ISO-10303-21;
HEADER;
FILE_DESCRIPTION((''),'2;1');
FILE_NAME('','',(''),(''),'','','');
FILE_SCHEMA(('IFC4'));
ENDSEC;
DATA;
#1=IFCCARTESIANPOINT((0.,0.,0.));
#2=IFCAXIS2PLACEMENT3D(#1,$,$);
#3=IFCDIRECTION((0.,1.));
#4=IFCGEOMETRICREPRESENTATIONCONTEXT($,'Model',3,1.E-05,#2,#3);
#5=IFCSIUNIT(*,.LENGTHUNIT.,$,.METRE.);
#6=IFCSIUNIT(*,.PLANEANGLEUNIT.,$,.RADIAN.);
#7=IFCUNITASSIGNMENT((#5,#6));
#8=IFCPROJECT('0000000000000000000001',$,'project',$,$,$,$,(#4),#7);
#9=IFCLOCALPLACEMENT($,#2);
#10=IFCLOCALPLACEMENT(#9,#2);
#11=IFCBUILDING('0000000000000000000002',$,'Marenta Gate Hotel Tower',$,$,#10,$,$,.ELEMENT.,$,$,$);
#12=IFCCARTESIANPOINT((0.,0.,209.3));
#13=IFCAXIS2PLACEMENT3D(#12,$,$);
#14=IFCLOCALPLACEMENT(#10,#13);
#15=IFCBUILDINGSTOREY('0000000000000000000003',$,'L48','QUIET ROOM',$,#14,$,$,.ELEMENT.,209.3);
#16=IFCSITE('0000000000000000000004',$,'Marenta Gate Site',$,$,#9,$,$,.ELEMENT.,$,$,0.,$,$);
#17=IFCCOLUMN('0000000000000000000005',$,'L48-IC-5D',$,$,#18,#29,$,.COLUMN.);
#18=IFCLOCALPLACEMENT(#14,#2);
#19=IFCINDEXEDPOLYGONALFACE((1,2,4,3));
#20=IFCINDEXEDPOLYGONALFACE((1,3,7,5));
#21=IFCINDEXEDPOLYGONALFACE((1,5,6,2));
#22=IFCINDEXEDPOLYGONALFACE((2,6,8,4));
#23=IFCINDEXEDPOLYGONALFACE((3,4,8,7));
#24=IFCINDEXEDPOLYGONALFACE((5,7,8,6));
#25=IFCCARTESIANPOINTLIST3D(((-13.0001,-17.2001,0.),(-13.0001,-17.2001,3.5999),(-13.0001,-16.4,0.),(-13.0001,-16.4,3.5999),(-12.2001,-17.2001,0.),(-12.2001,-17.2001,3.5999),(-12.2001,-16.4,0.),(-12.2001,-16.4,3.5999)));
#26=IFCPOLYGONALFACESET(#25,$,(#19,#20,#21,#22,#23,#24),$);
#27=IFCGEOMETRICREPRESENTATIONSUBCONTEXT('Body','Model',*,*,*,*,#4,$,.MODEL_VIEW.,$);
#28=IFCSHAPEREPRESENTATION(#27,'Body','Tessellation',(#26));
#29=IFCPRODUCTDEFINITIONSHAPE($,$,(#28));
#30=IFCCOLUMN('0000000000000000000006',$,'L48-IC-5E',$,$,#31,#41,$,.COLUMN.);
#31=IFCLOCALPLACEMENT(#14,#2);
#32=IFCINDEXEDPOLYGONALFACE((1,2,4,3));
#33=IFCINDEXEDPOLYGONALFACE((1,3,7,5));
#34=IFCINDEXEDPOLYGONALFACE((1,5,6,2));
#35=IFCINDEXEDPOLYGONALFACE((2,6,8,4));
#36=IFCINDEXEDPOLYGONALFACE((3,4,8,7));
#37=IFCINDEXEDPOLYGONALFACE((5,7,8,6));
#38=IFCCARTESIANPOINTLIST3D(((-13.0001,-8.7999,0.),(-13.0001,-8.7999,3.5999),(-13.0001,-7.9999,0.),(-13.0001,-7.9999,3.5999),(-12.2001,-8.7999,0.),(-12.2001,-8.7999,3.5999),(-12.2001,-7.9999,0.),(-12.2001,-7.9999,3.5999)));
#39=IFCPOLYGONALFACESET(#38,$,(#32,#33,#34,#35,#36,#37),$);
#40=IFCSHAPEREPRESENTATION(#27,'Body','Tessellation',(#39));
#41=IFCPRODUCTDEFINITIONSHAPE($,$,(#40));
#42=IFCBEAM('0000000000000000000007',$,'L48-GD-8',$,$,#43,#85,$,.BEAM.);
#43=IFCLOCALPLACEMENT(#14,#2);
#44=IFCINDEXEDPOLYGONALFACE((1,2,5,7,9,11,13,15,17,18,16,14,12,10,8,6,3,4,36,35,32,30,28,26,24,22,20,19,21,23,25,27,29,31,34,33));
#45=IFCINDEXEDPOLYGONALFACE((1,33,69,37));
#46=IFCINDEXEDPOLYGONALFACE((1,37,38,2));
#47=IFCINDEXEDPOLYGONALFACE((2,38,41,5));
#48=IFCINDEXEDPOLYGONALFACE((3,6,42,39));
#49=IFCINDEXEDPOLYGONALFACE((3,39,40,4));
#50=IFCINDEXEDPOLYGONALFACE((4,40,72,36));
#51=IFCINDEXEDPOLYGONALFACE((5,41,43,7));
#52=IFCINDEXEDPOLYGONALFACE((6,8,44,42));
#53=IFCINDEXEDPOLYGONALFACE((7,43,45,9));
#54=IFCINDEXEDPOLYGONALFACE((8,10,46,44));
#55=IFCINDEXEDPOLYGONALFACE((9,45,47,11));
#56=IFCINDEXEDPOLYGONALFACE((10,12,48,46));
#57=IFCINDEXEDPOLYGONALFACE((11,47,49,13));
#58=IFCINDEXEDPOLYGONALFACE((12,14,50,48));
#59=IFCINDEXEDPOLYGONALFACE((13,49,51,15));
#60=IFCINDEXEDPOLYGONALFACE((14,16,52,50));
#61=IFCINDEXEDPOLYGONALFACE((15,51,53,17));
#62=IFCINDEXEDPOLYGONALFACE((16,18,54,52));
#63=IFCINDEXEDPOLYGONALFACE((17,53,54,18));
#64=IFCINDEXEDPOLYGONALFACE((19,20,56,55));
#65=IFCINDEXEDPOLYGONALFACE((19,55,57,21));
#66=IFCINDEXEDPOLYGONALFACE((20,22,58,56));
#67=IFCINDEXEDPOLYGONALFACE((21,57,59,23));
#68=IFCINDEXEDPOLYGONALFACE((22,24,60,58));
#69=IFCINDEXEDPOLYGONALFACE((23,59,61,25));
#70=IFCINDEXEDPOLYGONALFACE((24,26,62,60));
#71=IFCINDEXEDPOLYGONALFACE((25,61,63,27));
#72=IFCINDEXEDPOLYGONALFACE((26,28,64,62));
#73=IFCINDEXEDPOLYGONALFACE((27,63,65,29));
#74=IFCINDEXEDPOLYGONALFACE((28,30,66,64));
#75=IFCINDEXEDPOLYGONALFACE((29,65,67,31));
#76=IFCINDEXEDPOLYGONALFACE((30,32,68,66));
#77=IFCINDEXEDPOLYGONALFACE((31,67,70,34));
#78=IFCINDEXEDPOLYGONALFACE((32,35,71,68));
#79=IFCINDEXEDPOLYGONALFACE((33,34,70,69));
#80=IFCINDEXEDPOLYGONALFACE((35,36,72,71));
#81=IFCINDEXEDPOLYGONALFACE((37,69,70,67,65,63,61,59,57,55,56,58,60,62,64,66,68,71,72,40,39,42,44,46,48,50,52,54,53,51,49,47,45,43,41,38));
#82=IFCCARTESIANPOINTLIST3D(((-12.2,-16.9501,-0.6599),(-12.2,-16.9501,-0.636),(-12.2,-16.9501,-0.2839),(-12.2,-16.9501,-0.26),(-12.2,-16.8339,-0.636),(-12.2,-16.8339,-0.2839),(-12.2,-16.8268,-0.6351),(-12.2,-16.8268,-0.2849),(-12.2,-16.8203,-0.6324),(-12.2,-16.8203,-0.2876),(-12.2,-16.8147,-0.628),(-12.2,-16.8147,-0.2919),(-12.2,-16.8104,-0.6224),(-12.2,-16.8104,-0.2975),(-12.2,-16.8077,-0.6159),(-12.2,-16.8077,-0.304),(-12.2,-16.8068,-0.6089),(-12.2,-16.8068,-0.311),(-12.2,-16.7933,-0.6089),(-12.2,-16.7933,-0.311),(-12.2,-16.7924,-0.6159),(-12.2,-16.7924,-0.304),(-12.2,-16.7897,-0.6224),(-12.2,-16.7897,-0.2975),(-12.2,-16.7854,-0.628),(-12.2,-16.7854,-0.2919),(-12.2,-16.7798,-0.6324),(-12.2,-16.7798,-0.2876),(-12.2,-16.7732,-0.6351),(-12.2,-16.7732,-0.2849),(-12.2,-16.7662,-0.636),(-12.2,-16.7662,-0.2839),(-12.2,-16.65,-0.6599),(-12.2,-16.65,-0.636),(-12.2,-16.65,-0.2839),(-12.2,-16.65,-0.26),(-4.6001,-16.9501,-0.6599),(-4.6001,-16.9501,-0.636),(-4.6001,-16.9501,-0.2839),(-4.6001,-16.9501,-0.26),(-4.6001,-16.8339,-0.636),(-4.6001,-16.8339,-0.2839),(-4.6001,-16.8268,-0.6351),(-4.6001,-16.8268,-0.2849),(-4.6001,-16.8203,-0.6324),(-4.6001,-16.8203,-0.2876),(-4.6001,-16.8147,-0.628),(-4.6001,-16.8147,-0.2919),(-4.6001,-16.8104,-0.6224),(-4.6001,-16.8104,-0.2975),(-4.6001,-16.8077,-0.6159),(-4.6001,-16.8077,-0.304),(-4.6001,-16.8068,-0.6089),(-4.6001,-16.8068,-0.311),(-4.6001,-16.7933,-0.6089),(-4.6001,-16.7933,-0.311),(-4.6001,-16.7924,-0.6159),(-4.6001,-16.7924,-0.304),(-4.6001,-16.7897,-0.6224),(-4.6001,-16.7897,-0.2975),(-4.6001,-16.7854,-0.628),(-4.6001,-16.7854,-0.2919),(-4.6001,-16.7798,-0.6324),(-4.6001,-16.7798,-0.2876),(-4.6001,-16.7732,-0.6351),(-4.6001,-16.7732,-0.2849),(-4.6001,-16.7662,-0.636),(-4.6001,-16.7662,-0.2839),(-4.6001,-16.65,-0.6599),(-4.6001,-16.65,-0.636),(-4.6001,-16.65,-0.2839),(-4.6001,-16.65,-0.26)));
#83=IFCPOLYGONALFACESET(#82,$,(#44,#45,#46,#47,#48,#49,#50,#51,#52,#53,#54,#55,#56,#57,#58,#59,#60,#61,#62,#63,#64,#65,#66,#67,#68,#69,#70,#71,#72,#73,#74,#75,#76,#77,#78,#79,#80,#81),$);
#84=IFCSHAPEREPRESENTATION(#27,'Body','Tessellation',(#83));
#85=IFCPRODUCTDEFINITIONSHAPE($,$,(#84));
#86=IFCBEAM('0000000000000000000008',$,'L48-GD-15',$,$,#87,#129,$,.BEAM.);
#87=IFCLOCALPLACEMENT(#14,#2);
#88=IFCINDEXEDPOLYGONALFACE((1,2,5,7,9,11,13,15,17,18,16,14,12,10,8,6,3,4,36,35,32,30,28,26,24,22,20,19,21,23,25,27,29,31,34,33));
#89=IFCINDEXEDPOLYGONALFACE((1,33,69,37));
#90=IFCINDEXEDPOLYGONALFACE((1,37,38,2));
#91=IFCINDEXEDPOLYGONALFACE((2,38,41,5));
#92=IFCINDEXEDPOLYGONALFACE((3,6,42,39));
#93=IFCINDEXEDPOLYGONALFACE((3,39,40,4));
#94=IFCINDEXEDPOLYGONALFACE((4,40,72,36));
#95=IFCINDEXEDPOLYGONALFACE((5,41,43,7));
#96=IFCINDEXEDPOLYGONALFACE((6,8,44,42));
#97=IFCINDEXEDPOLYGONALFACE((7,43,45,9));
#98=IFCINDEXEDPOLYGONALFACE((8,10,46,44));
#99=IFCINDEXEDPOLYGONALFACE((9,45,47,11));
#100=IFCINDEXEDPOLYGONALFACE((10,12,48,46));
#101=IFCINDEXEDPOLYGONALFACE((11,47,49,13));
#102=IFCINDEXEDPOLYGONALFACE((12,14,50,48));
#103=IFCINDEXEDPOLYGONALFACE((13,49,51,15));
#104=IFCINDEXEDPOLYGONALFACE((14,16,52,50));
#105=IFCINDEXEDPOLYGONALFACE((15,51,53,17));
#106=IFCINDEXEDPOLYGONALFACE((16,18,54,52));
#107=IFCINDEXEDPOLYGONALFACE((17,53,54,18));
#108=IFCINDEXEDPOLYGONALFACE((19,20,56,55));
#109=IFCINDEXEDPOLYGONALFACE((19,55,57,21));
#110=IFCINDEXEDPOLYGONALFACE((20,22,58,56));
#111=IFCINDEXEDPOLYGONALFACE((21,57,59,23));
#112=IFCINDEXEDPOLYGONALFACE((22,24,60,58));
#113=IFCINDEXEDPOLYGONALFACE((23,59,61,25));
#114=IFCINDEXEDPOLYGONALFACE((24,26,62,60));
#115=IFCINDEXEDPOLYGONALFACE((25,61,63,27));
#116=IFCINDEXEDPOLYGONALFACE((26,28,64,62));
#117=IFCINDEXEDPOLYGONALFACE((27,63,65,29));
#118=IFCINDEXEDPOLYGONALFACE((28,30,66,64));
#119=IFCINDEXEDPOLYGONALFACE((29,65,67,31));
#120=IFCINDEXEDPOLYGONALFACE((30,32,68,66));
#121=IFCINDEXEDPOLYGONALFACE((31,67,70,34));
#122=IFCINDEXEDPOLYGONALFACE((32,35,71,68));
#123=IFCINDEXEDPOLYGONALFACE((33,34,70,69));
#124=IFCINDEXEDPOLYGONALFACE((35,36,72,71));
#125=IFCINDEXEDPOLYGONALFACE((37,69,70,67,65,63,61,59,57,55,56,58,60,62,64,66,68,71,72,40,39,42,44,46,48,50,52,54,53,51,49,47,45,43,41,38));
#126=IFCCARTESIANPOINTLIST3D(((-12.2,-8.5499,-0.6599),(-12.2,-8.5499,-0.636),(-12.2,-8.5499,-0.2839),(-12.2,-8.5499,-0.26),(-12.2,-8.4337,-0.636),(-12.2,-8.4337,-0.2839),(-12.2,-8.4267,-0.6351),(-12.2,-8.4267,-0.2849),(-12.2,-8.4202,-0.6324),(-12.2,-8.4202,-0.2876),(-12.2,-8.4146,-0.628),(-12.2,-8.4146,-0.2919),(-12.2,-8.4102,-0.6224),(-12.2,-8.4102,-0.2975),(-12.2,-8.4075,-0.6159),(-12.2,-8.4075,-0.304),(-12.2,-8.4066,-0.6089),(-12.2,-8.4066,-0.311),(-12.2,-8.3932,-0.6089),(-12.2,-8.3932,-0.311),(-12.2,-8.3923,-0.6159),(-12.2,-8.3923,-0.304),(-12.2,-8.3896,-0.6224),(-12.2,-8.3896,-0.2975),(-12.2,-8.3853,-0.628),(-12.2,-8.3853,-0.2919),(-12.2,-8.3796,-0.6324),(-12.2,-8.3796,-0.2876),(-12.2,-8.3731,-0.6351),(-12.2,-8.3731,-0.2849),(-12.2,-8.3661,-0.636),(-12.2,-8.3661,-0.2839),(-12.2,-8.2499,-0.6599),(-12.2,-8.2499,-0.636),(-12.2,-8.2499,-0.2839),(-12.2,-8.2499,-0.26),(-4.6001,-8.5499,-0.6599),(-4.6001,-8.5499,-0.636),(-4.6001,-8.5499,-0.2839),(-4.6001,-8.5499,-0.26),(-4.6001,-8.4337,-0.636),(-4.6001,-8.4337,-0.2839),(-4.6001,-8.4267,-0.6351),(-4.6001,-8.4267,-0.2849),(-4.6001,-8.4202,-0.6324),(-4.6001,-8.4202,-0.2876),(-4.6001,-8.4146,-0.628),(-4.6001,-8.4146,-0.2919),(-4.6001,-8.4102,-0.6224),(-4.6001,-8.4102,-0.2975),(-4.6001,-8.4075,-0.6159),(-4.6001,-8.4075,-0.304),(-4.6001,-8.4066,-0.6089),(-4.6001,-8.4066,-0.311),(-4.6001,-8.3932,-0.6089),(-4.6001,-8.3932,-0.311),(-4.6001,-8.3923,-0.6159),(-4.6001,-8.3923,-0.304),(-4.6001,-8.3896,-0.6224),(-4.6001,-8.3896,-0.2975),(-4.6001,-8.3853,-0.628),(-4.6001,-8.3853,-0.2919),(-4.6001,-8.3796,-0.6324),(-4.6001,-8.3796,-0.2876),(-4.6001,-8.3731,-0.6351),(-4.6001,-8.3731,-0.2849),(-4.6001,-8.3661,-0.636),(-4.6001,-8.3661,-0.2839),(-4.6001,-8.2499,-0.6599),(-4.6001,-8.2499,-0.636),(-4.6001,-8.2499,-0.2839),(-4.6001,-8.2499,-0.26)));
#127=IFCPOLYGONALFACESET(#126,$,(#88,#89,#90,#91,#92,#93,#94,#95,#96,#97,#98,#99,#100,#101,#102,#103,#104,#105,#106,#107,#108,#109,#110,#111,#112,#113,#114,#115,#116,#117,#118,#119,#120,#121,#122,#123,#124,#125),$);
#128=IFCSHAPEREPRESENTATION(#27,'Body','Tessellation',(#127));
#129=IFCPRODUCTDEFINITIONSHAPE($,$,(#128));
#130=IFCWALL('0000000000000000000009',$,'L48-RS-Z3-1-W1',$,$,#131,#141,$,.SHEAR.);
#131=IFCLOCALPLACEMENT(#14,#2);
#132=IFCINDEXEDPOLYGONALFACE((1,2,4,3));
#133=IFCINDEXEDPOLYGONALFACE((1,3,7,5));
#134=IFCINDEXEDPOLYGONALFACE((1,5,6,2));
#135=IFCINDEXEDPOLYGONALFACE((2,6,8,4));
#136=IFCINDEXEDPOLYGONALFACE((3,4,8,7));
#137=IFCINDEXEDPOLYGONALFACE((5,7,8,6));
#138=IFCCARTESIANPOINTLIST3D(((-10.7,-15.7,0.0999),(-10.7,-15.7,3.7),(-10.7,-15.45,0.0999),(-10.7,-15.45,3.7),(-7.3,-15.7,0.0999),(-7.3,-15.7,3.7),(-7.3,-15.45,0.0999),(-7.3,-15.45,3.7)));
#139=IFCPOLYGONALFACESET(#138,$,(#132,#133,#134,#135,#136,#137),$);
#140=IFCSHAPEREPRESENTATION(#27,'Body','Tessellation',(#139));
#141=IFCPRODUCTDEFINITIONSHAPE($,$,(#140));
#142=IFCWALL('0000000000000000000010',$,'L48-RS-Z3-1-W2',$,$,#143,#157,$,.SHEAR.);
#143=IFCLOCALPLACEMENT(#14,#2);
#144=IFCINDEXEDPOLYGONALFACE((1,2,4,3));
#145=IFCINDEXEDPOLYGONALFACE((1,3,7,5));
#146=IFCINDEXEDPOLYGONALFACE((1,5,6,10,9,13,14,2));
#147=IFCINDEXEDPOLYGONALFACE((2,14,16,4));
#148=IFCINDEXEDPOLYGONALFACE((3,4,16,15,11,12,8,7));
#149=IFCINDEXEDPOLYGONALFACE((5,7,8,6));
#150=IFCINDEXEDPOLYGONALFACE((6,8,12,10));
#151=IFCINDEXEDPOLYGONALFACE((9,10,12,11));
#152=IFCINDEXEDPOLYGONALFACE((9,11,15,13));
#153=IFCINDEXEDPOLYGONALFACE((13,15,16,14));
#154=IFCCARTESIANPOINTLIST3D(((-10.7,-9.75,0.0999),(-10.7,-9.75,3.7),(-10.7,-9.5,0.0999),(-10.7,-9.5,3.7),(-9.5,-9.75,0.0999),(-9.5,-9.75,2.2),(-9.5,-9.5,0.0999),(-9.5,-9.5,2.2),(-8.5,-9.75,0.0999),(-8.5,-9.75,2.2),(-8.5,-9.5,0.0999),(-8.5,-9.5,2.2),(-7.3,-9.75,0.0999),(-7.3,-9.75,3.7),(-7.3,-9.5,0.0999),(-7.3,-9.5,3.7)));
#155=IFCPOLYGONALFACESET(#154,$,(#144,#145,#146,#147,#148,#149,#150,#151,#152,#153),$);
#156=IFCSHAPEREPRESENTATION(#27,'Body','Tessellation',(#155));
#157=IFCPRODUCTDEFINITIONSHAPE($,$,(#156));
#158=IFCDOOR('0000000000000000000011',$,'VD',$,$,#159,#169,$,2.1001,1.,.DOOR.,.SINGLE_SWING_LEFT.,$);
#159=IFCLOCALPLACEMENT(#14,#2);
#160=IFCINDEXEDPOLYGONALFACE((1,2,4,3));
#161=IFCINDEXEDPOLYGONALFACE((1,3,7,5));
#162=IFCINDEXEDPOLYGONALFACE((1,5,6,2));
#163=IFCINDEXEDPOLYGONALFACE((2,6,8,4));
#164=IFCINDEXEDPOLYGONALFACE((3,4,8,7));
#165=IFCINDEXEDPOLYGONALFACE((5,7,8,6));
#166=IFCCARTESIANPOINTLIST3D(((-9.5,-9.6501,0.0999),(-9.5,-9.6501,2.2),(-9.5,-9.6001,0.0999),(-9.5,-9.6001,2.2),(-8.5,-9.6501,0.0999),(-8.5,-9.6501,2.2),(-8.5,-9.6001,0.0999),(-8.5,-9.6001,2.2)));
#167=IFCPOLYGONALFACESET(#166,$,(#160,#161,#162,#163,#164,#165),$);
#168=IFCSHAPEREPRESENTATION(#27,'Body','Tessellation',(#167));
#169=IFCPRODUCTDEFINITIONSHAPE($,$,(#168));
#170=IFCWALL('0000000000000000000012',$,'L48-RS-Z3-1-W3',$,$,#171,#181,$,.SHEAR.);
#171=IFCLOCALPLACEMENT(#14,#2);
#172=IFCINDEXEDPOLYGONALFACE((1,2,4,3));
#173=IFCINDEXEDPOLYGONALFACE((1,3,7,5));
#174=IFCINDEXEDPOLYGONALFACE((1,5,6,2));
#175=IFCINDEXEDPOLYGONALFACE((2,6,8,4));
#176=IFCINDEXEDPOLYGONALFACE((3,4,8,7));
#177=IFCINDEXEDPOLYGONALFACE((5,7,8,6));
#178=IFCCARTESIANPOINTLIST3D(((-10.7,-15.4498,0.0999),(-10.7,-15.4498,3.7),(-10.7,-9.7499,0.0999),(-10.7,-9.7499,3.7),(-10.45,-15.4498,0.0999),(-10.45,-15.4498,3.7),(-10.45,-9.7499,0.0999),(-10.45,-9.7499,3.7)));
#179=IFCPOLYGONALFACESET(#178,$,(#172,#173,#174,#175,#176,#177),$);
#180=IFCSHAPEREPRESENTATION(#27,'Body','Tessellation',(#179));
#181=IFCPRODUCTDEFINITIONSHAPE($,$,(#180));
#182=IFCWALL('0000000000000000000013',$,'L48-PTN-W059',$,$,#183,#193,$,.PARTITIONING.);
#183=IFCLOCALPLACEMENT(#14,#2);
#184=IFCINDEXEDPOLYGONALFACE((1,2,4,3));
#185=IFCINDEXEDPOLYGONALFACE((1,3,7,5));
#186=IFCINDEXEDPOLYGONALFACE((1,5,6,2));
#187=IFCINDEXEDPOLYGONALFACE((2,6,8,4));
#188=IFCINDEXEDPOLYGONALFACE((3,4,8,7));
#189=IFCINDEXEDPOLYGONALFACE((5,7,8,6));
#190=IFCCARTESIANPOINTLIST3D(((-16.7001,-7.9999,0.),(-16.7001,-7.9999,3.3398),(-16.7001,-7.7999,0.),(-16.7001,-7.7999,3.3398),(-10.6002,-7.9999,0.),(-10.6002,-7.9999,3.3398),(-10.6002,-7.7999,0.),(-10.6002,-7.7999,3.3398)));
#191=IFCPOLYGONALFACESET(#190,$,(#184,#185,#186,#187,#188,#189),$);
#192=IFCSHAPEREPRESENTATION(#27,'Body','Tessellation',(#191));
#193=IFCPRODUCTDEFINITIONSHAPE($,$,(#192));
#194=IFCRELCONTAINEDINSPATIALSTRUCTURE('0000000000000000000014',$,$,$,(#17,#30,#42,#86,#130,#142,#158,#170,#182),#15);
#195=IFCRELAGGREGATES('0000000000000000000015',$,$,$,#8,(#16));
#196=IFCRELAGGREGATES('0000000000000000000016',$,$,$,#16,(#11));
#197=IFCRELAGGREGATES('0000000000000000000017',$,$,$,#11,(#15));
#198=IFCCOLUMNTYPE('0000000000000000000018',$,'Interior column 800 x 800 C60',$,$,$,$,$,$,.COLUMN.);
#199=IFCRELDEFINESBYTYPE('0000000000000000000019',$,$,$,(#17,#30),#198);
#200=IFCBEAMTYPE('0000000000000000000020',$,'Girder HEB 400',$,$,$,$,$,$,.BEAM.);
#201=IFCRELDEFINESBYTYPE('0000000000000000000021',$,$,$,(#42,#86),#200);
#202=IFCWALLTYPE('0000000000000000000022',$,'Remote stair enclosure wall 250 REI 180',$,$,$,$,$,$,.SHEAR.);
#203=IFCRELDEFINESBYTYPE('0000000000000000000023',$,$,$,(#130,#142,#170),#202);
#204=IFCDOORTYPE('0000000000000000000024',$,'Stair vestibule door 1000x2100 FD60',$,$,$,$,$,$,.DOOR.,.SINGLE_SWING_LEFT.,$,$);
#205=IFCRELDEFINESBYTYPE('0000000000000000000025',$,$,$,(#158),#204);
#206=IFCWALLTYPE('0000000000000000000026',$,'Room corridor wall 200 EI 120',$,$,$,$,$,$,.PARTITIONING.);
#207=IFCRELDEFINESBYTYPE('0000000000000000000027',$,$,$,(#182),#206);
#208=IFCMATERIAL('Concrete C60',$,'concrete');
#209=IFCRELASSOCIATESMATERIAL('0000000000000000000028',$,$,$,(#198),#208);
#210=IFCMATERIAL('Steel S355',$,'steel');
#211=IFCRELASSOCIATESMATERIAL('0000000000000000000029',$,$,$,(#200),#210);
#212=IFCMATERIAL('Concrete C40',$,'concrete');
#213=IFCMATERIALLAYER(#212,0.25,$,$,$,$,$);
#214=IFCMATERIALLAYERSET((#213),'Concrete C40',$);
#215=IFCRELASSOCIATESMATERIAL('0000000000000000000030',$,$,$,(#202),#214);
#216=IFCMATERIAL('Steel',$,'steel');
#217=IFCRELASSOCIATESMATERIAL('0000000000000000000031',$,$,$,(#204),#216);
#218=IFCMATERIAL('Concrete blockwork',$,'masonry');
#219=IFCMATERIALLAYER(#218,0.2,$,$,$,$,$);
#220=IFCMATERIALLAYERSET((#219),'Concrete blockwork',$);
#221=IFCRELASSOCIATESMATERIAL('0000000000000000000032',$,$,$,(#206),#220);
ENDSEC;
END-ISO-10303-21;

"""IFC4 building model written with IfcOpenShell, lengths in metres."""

from ifc_helpers import new_model, si_unit, direction, frame, frame_2d, origin, origin_2d, place, context, subcontext, project, spatial, rectangle, i_section, extrude, material, layer, layer_set, material_profile, profile_set, type_object, element, fill, save


model = new_model("IFC4")

# Units and contexts
model_context = context("Model", 3, precision=1e-05, world=origin(), true_north=direction((0.0, 1.0)))
body_context = subcontext(model_context, "Body", "Model", "MODEL_VIEW")
ifc_project = project(units=[si_unit("LENGTHUNIT", "METRE"), si_unit("PLANEANGLEUNIT", "RADIAN")], contexts=[model_context])

# Site, building, storey
site_placement = place(None, origin())
site = spatial("IfcSite", under=ifc_project, at=site_placement, Name="Marenta Gate Site", CompositionType="ELEMENT", RefElevation=0.0)
building_placement = place(site_placement, origin())
building = spatial("IfcBuilding", under=site, at=building_placement, Name="Marenta Gate Hotel Tower", CompositionType="ELEMENT")
storey_placement = place(building_placement, frame((0.0, 0.0, 209.3)))
storey = spatial("IfcBuildingStorey", under=building, at=storey_placement, Name="L48", Description="QUIET ROOM", CompositionType="ELEMENT", Elevation=209.3)

# Columns
ifc_material_1 = material(Name="Concrete C60", Category="concrete")
ifc_material_profile_1 = material_profile(ifc_material_1, rectangle(XDim=0.8, YDim=0.8, at=origin_2d()), Name="800 x 800")
ifc_profile_set_1 = profile_set([ifc_material_profile_1], Name="Concrete C60")
column_type = type_object("IfcColumnType", Name="Interior column 800 x 800 C60", PredefinedType="COLUMN", material=ifc_profile_set_1)
for number, where, z_axis, x_axis, name in (
    (1, (-12.6001, -16.8, 0.0), (0.0, 0.0, 1.0), (1.0, 0.0, 0.0), "L48-IC-5D"),
    (2, (-12.6001, -8.3999, 0.0), (0.0, 0.0, 1.0), (1.0, 0.0, 0.0), "L48-IC-5E"),
):
    element("IfcColumn", number, at=place(storey_placement, frame(where, z_axis=z_axis, x_axis=x_axis)), inside=storey, type_object=column_type, Name=name, PredefinedType="COLUMN", context=body_context, shape_type="SweptSolid", body=[
        extrude(rectangle(XDim=0.8, YDim=0.8, at=origin_2d()), origin(), (0.0, 0.0, 1.0), 3.5999),
    ])

# Beams
ifc_material_2 = material(Name="Steel S355", Category="steel")
ifc_material_profile_2 = material_profile(ifc_material_2, i_section(OverallWidth=0.3, OverallDepth=0.3999, WebThickness=0.0134, FlangeThickness=0.0239, FilletRadius=0.0271, at=origin_2d()), Name="HEB 400")
ifc_profile_set_2 = profile_set([ifc_material_profile_2], Name="Steel S355")
beam_type = type_object("IfcBeamType", Name="Girder HEB 400", PredefinedType="BEAM", material=ifc_profile_set_2)
for number, where, z_axis, x_axis, name in (
    (3, (-12.2, -16.8, -0.46), (1.0, 0.0, 0.0), (0.0, 1.0, 0.0), "L48-GD-8"),
    (4, (-12.2, -8.3999, -0.46), (1.0, 0.0, 0.0), (0.0, 1.0, 0.0), "L48-GD-15"),
):
    element("IfcBeam", number, at=place(storey_placement, frame(where, z_axis=z_axis, x_axis=x_axis)), inside=storey, type_object=beam_type, Name=name, PredefinedType="BEAM", context=body_context, shape_type="SweptSolid", body=[
        extrude(i_section(OverallWidth=0.3, OverallDepth=0.3999, WebThickness=0.0134, FlangeThickness=0.0239, FilletRadius=0.0271, at=origin_2d()), origin(), (0.0, 0.0, 1.0), 7.5999),
    ])

# Wall
ifc_material_3 = material(Name="Concrete C40", Category="concrete")
ifc_layer_1 = layer(ifc_material_3, 0.25)
ifc_layer_set_1 = layer_set([ifc_layer_1], Name="Concrete C40")
wall_type_1 = type_object("IfcWallType", Name="Remote stair enclosure wall 250 REI 180", PredefinedType="SHEAR", material=ifc_layer_set_1)
wall_1_placement = place(storey_placement, frame((-10.7, -15.575, 0.0999), z_axis=(0.0, 0.0, 1.0), x_axis=(1.0, 0.0, 0.0)))
element("IfcWall", 5, at=wall_1_placement, inside=storey, type_object=wall_type_1, Name="L48-RS-Z3-1-W1", PredefinedType="SHEAR", context=body_context, shape_type="SweptSolid", body=[
    extrude(rectangle(XDim=3.3999, YDim=0.25, at=frame_2d((1.7, 0.0))), origin(), (0.0, 0.0, 1.0), 3.6001),
])

# Wall, opening, door
wall_2_placement = place(storey_placement, frame((-10.7, -9.625, 0.0999), z_axis=(0.0, 0.0, 1.0), x_axis=(1.0, 0.0, 0.0)))
wall_2 = element("IfcWall", 6, at=wall_2_placement, inside=storey, type_object=wall_type_1, Name="L48-RS-Z3-1-W2", PredefinedType="SHEAR", context=body_context, shape_type="SweptSolid", body=[
    extrude(rectangle(XDim=3.3999, YDim=0.25, at=frame_2d((1.7, 0.0))), origin(), (0.0, 0.0, 1.0), 3.6001),
])
opening_1_placement = place(wall_2_placement, frame((1.2, 0.0, 0.0)))
opening_1 = element("IfcOpeningElement", 7, at=opening_1_placement, cuts=wall_2, PredefinedType="OPENING", context=body_context, shape_type="SweptSolid", body=[
    extrude(rectangle(XDim=1.0, YDim=2.1001, at=frame_2d((0.5, 1.05))), frame((0.0, 0.125, 0.0), z_axis=(0.0, -1.0, 0.0), x_axis=(1.0, 0.0, 0.0)), (0.0, 0.0, 1.0), 0.25),
])
ifc_material_4 = material(Name="Steel", Category="steel")
door_type_1 = type_object("IfcDoorType", Name="Stair vestibule door 1000x2100 FD60", OperationType="SINGLE_SWING_LEFT", PredefinedType="DOOR", material=ifc_material_4)
door_1_placement = place(opening_1_placement, origin())
door_1 = element("IfcDoor", 8, at=door_1_placement, inside=storey, type_object=door_type_1, Name="VD", OperationType="SINGLE_SWING_LEFT", OverallHeight=2.1001, OverallWidth=1.0, PredefinedType="DOOR", context=body_context, shape_type="SweptSolid", body=[
    extrude(rectangle(XDim=1.0, YDim=2.1001, at=frame_2d((0.5, 1.05))), frame((0.0, 0.0249, 0.0), z_axis=(0.0, -1.0, 0.0), x_axis=(1.0, 0.0, 0.0)), (0.0, 0.0, 1.0), 0.05),
])
fill(opening_1, door_1)

# Wall
wall_3_placement = place(storey_placement, frame((-10.575, -15.45, 0.0999), z_axis=(0.0, 0.0, 1.0), x_axis=(0.0, 1.0, 0.0)))
element("IfcWall", 9, at=wall_3_placement, inside=storey, type_object=wall_type_1, Name="L48-RS-Z3-1-W3", PredefinedType="SHEAR", context=body_context, shape_type="SweptSolid", body=[
    extrude(rectangle(XDim=5.7, YDim=0.25, at=frame_2d((2.8501, 0.0))), origin(), (0.0, 0.0, 1.0), 3.6001),
])

# Shared definitions
ifc_material_5 = material(Name="Concrete blockwork", Category="masonry")
ifc_layer_2 = layer(ifc_material_5, 0.2)
ifc_layer_set_2 = layer_set([ifc_layer_2], Name="Concrete blockwork")
wall_type_2 = type_object("IfcWallType", Name="Room corridor wall 200 EI 120", PredefinedType="PARTITIONING", material=ifc_layer_set_2)

# Wall
wall_4_placement = place(storey_placement, frame((-16.7, -7.8999, 0.0), z_axis=(0.0, 0.0, 1.0), x_axis=(1.0, 0.0, 0.0)))
element("IfcWall", 10, at=wall_4_placement, inside=storey, type_object=wall_type_2, Name="L48-PTN-W059", PredefinedType="PARTITIONING", context=body_context, shape_type="SweptSolid", body=[
    extrude(rectangle(XDim=6.0999, YDim=0.2, at=frame_2d((3.0498, 0.0))), origin(), (0.0, 0.0, 1.0), 3.3398),
])

save(model, "model.ifc")
